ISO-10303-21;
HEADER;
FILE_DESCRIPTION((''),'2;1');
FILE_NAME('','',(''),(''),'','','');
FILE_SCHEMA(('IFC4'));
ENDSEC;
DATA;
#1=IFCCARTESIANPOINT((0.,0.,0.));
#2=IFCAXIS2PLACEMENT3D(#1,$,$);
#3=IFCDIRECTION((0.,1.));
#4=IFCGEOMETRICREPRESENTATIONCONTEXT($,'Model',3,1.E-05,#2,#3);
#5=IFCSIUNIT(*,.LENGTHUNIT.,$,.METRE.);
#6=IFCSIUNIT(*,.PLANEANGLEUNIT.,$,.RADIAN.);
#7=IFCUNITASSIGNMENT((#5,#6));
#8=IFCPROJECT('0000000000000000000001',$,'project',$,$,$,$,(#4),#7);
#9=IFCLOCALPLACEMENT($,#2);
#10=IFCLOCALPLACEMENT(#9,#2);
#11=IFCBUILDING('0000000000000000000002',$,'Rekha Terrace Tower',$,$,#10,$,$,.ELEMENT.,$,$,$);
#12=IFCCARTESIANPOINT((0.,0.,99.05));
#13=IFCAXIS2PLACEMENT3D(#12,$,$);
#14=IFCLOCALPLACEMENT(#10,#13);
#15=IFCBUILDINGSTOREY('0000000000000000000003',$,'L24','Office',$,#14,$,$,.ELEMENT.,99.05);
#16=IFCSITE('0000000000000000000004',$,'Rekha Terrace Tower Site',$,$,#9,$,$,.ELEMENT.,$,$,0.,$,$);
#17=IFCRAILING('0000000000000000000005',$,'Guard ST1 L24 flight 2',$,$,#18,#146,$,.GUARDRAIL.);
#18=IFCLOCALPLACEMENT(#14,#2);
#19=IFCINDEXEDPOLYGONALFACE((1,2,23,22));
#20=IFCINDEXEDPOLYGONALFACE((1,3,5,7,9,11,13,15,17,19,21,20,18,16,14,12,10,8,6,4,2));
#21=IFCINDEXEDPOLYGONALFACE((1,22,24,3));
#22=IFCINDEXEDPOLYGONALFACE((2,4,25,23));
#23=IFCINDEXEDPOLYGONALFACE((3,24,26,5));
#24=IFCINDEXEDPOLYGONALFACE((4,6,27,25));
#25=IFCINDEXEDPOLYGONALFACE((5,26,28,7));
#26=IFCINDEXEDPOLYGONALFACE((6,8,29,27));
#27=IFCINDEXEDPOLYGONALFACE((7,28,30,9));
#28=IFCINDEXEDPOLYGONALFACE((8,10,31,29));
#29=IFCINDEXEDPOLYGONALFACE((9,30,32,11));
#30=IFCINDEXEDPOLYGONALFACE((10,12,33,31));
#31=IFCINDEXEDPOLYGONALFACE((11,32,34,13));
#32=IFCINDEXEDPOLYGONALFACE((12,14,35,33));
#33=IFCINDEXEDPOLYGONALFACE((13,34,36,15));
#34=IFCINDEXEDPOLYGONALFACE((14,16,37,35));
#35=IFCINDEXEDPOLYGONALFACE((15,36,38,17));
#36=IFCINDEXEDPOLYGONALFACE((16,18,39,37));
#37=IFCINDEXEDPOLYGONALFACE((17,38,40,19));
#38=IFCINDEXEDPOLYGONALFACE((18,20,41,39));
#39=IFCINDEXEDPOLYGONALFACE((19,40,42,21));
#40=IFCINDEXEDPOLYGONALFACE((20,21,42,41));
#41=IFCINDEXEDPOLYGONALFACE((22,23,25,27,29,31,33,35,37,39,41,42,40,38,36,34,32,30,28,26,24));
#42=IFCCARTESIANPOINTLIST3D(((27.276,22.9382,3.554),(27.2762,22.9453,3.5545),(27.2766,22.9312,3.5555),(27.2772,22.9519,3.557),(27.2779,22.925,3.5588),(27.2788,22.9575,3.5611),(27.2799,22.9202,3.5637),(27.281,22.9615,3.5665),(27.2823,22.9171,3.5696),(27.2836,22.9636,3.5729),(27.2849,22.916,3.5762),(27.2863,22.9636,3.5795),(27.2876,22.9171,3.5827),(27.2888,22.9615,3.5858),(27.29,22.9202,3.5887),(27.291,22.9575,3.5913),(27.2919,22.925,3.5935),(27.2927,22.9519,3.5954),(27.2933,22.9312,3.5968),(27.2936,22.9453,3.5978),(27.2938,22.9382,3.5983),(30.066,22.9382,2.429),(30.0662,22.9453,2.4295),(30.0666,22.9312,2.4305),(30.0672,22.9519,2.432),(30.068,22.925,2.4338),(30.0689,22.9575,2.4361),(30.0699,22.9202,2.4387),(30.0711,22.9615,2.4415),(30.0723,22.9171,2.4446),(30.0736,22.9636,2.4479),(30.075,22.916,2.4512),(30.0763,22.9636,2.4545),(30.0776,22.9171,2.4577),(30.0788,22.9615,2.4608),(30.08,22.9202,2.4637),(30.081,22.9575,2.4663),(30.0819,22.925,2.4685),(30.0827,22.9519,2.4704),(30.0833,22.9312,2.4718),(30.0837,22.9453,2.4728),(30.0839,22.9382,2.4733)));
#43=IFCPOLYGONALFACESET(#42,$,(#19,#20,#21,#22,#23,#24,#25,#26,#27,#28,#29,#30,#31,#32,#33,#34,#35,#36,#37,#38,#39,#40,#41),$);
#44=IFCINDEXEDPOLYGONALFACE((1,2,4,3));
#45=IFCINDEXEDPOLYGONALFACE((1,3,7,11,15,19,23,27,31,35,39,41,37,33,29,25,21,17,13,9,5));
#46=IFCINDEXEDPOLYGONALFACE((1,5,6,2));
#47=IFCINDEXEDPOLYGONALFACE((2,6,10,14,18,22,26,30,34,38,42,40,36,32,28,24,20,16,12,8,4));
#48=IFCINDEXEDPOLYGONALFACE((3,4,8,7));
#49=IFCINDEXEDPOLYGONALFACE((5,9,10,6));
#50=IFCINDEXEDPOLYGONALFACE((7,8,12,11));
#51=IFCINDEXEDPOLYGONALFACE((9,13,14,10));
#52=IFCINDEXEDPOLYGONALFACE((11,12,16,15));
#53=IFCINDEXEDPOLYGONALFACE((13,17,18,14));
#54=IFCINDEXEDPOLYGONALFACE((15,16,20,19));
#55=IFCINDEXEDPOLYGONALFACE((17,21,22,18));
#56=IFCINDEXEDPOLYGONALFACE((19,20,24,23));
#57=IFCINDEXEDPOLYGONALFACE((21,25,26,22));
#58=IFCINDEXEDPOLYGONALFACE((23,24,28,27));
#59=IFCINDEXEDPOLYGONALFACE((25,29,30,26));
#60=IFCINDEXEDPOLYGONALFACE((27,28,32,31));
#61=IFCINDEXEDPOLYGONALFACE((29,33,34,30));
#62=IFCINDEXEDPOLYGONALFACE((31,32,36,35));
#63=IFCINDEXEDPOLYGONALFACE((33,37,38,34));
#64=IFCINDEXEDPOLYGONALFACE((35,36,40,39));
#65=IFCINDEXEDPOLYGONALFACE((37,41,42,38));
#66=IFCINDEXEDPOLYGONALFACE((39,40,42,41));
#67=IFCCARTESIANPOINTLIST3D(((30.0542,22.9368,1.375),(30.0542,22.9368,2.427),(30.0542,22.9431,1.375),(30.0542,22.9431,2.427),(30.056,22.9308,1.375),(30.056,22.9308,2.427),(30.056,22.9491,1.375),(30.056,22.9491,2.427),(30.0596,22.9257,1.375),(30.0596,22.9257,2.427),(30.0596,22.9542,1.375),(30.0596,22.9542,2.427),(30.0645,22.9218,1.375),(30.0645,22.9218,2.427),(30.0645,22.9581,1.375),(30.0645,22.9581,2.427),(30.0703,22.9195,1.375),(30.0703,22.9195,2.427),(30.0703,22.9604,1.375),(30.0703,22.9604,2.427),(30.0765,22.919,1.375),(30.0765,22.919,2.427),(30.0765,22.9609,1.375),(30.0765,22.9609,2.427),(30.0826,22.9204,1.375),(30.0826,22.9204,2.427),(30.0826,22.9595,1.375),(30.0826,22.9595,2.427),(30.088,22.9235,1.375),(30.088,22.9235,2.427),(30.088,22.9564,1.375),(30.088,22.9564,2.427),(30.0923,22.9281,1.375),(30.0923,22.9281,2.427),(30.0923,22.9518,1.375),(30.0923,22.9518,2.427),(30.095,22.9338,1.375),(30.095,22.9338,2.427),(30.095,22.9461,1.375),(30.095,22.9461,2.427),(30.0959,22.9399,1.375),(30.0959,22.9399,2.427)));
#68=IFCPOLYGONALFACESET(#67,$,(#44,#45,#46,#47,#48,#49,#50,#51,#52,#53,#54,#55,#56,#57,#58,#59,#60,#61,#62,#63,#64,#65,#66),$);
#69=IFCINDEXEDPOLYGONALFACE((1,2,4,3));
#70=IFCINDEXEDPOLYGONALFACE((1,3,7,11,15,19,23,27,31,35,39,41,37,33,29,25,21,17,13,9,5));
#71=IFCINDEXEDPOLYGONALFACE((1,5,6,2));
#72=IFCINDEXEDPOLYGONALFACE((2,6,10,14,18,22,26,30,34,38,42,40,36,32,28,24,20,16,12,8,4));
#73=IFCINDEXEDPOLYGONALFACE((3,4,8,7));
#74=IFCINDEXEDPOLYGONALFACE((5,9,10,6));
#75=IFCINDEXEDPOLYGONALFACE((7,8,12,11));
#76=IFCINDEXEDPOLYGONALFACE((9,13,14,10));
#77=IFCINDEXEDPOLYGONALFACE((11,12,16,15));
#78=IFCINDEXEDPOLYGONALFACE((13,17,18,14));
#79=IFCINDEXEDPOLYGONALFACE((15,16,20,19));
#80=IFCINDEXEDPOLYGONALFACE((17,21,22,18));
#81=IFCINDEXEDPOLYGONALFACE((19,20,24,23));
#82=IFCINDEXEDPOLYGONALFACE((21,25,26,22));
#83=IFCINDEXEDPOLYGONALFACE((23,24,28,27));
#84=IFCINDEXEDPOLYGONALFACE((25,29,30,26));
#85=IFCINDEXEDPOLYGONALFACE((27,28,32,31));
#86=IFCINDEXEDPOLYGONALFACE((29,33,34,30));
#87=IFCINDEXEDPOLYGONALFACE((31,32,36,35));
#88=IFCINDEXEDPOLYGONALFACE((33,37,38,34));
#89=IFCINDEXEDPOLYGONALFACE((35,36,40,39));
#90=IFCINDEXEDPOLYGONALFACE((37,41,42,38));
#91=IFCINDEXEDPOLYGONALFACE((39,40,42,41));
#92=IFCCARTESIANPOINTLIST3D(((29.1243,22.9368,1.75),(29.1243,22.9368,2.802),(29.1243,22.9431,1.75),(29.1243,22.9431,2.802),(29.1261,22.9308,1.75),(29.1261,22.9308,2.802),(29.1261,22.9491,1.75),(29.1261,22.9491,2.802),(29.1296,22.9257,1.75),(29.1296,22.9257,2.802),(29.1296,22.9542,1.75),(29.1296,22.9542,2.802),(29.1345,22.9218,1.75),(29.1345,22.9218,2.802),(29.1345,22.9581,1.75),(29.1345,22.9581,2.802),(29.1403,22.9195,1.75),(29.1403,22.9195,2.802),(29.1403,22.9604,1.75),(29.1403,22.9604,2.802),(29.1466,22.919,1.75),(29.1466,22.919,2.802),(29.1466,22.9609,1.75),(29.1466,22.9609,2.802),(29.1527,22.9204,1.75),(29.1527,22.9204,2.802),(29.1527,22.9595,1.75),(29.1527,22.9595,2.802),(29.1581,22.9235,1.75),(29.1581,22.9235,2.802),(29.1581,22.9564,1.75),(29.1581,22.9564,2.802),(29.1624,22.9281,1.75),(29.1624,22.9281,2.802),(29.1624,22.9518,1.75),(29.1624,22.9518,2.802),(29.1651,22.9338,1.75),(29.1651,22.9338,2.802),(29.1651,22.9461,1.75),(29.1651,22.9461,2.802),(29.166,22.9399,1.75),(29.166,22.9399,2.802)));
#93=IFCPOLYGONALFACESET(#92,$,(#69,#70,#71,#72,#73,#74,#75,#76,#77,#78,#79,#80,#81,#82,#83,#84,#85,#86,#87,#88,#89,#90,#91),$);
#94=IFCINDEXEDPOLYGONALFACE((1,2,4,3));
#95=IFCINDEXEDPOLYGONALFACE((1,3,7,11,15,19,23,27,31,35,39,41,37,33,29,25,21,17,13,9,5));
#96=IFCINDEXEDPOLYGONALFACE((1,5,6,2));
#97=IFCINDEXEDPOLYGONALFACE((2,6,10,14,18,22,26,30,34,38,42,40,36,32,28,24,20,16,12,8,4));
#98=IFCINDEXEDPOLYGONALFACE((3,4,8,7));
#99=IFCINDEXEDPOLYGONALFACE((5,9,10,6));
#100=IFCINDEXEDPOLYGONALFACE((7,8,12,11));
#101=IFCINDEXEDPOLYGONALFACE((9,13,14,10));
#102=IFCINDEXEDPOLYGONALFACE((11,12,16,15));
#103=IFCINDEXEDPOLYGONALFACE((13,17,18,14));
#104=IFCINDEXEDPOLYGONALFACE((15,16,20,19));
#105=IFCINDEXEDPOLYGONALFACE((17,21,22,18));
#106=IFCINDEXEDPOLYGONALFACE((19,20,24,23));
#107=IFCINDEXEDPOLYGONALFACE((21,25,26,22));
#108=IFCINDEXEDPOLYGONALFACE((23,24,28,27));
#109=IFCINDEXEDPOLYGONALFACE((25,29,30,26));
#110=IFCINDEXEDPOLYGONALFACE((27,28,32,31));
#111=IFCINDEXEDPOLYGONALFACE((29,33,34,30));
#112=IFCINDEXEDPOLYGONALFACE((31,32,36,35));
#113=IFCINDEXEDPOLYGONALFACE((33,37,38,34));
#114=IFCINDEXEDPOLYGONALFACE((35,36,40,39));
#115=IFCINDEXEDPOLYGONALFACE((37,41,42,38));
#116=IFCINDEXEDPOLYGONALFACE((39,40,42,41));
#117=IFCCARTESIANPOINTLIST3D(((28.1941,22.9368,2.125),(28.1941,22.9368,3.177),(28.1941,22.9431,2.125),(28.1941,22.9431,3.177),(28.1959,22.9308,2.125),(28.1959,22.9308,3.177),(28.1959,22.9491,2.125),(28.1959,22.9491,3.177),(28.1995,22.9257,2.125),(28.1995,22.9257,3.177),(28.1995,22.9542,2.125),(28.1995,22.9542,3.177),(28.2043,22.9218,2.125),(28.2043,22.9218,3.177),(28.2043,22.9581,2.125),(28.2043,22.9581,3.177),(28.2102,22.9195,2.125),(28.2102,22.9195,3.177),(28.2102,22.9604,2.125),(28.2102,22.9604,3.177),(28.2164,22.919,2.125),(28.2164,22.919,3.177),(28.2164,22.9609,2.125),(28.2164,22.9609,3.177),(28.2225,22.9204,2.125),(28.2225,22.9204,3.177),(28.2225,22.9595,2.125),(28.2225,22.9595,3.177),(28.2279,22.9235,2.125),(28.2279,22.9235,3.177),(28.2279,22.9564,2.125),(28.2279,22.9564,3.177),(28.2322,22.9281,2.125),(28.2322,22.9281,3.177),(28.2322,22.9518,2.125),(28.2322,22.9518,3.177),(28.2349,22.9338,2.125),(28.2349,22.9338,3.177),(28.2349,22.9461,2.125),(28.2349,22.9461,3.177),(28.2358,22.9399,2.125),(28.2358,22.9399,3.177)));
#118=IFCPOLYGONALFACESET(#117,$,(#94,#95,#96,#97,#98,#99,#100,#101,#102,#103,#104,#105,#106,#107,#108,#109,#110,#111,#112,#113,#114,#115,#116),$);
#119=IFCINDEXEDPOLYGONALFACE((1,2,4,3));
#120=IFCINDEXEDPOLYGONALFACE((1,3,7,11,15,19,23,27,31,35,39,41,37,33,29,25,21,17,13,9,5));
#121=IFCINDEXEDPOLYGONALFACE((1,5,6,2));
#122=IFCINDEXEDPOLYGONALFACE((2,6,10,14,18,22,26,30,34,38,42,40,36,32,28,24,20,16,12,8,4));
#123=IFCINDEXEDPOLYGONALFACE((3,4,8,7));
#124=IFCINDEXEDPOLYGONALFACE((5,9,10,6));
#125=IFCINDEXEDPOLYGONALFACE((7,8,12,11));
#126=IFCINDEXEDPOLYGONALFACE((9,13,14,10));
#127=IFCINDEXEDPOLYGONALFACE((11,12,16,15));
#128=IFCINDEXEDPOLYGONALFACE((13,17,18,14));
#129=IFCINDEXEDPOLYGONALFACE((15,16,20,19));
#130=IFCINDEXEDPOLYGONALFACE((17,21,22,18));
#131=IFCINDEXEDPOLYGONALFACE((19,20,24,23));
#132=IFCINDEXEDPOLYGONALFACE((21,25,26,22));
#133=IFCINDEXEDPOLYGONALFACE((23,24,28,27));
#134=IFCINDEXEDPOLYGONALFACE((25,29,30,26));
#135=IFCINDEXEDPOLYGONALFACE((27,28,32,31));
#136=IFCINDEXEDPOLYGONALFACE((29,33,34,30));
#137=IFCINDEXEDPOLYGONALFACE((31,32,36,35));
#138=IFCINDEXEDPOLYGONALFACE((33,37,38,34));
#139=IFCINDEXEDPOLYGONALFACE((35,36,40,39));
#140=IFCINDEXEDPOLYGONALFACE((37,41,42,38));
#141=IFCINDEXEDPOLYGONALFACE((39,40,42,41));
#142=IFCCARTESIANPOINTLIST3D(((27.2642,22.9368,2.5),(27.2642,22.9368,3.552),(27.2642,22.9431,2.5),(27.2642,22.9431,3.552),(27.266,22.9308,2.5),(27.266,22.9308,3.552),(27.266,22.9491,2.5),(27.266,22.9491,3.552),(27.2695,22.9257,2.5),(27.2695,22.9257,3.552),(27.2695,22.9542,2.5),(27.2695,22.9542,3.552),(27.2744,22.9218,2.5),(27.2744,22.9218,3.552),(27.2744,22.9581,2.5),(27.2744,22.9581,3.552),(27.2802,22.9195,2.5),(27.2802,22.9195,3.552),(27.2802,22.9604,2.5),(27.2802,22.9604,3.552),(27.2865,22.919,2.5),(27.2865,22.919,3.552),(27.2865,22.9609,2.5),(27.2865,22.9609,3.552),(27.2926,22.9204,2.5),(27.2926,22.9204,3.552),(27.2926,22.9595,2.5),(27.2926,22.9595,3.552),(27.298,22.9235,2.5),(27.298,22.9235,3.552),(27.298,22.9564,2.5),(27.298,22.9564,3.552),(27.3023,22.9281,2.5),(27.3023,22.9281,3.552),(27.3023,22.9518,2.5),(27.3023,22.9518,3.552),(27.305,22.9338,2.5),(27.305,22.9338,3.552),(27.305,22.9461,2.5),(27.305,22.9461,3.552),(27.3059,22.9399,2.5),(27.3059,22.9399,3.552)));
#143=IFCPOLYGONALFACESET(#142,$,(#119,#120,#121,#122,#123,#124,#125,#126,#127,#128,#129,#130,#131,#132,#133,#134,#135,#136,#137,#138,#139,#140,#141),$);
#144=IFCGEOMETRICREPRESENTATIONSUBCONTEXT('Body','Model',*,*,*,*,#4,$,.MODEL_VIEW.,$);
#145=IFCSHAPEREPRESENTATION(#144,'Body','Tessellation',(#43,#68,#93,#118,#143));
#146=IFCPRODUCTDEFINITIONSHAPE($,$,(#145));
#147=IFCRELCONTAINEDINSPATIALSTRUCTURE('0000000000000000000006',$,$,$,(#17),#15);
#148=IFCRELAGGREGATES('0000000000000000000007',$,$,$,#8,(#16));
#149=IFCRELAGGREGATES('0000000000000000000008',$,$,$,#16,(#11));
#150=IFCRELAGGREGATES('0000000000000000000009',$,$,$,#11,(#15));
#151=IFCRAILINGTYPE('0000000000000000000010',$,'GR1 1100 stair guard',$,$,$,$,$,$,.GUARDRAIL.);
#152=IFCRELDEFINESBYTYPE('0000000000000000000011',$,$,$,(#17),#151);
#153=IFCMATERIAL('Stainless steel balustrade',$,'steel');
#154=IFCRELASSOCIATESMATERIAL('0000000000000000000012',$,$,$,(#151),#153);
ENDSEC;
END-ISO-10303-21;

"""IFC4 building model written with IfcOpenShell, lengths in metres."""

from ifc_helpers import new_model, si_unit, direction, frame, origin, origin_2d, place, context, subcontext, project, spatial, circle, extrude, material, type_object, element, save


model = new_model("IFC4")

# Units and contexts
model_context = context("Model", 3, precision=1e-05, world=origin(), true_north=direction((0.0, 1.0)))
body_context = subcontext(model_context, "Body", "Model", "MODEL_VIEW")
ifc_project = project(units=[si_unit("LENGTHUNIT", "METRE"), si_unit("PLANEANGLEUNIT", "RADIAN")], contexts=[model_context])

# Site, building, storey
site_placement = place(None, origin())
site = spatial("IfcSite", under=ifc_project, at=site_placement, Name="Rekha Terrace Tower Site", CompositionType="ELEMENT", RefElevation=0.0)
building_placement = place(site_placement, origin())
building = spatial("IfcBuilding", under=site, at=building_placement, Name="Rekha Terrace Tower", CompositionType="ELEMENT")
storey_placement = place(building_placement, frame((0.0, 0.0, 99.05)))
storey = spatial("IfcBuildingStorey", under=building, at=storey_placement, Name="L24", Description="Office", CompositionType="ELEMENT", Elevation=99.05)

# Railing
ifc_material_1 = material(Name="Stainless steel balustrade", Category="steel")
railing_type_1 = type_object("IfcRailingType", Name="GR1 1100 stair guard", PredefinedType="GUARDRAIL", material=ifc_material_1)
railing_1_placement = place(storey_placement, frame((30.075, 22.9399, 1.375)))
element("IfcRailing", 1, at=railing_1_placement, inside=storey, type_object=railing_type_1, Name="Guard ST1 L24 flight 2", PredefinedType="GUARDRAIL", context=body_context, shape_type="SweptSolid", body=[
    extrude(circle(Radius=0.0239, at=origin_2d()), frame((0.0, 0.0, 1.0762), z_axis=(-0.927443, 0.0, 0.373964), x_axis=(0.0, -1.0, 0.0)), (0.0, 0.0, 1.0), 3.0083),
    extrude(circle(Radius=0.021, at=origin_2d()), origin(), (0.0, 0.0, 1.0), 1.052),
    extrude(circle(Radius=0.021, at=origin_2d()), frame((-0.9299, 0.0, 0.375)), (0.0, 0.0, 1.0), 1.052),
    extrude(circle(Radius=0.021, at=origin_2d()), frame((-1.8601, 0.0, 0.75)), (0.0, 0.0, 1.0), 1.052),
    extrude(circle(Radius=0.021, at=origin_2d()), frame((-2.79, 0.0, 1.125)), (0.0, 0.0, 1.0), 1.052),
])

save(model, "model.ifc")
